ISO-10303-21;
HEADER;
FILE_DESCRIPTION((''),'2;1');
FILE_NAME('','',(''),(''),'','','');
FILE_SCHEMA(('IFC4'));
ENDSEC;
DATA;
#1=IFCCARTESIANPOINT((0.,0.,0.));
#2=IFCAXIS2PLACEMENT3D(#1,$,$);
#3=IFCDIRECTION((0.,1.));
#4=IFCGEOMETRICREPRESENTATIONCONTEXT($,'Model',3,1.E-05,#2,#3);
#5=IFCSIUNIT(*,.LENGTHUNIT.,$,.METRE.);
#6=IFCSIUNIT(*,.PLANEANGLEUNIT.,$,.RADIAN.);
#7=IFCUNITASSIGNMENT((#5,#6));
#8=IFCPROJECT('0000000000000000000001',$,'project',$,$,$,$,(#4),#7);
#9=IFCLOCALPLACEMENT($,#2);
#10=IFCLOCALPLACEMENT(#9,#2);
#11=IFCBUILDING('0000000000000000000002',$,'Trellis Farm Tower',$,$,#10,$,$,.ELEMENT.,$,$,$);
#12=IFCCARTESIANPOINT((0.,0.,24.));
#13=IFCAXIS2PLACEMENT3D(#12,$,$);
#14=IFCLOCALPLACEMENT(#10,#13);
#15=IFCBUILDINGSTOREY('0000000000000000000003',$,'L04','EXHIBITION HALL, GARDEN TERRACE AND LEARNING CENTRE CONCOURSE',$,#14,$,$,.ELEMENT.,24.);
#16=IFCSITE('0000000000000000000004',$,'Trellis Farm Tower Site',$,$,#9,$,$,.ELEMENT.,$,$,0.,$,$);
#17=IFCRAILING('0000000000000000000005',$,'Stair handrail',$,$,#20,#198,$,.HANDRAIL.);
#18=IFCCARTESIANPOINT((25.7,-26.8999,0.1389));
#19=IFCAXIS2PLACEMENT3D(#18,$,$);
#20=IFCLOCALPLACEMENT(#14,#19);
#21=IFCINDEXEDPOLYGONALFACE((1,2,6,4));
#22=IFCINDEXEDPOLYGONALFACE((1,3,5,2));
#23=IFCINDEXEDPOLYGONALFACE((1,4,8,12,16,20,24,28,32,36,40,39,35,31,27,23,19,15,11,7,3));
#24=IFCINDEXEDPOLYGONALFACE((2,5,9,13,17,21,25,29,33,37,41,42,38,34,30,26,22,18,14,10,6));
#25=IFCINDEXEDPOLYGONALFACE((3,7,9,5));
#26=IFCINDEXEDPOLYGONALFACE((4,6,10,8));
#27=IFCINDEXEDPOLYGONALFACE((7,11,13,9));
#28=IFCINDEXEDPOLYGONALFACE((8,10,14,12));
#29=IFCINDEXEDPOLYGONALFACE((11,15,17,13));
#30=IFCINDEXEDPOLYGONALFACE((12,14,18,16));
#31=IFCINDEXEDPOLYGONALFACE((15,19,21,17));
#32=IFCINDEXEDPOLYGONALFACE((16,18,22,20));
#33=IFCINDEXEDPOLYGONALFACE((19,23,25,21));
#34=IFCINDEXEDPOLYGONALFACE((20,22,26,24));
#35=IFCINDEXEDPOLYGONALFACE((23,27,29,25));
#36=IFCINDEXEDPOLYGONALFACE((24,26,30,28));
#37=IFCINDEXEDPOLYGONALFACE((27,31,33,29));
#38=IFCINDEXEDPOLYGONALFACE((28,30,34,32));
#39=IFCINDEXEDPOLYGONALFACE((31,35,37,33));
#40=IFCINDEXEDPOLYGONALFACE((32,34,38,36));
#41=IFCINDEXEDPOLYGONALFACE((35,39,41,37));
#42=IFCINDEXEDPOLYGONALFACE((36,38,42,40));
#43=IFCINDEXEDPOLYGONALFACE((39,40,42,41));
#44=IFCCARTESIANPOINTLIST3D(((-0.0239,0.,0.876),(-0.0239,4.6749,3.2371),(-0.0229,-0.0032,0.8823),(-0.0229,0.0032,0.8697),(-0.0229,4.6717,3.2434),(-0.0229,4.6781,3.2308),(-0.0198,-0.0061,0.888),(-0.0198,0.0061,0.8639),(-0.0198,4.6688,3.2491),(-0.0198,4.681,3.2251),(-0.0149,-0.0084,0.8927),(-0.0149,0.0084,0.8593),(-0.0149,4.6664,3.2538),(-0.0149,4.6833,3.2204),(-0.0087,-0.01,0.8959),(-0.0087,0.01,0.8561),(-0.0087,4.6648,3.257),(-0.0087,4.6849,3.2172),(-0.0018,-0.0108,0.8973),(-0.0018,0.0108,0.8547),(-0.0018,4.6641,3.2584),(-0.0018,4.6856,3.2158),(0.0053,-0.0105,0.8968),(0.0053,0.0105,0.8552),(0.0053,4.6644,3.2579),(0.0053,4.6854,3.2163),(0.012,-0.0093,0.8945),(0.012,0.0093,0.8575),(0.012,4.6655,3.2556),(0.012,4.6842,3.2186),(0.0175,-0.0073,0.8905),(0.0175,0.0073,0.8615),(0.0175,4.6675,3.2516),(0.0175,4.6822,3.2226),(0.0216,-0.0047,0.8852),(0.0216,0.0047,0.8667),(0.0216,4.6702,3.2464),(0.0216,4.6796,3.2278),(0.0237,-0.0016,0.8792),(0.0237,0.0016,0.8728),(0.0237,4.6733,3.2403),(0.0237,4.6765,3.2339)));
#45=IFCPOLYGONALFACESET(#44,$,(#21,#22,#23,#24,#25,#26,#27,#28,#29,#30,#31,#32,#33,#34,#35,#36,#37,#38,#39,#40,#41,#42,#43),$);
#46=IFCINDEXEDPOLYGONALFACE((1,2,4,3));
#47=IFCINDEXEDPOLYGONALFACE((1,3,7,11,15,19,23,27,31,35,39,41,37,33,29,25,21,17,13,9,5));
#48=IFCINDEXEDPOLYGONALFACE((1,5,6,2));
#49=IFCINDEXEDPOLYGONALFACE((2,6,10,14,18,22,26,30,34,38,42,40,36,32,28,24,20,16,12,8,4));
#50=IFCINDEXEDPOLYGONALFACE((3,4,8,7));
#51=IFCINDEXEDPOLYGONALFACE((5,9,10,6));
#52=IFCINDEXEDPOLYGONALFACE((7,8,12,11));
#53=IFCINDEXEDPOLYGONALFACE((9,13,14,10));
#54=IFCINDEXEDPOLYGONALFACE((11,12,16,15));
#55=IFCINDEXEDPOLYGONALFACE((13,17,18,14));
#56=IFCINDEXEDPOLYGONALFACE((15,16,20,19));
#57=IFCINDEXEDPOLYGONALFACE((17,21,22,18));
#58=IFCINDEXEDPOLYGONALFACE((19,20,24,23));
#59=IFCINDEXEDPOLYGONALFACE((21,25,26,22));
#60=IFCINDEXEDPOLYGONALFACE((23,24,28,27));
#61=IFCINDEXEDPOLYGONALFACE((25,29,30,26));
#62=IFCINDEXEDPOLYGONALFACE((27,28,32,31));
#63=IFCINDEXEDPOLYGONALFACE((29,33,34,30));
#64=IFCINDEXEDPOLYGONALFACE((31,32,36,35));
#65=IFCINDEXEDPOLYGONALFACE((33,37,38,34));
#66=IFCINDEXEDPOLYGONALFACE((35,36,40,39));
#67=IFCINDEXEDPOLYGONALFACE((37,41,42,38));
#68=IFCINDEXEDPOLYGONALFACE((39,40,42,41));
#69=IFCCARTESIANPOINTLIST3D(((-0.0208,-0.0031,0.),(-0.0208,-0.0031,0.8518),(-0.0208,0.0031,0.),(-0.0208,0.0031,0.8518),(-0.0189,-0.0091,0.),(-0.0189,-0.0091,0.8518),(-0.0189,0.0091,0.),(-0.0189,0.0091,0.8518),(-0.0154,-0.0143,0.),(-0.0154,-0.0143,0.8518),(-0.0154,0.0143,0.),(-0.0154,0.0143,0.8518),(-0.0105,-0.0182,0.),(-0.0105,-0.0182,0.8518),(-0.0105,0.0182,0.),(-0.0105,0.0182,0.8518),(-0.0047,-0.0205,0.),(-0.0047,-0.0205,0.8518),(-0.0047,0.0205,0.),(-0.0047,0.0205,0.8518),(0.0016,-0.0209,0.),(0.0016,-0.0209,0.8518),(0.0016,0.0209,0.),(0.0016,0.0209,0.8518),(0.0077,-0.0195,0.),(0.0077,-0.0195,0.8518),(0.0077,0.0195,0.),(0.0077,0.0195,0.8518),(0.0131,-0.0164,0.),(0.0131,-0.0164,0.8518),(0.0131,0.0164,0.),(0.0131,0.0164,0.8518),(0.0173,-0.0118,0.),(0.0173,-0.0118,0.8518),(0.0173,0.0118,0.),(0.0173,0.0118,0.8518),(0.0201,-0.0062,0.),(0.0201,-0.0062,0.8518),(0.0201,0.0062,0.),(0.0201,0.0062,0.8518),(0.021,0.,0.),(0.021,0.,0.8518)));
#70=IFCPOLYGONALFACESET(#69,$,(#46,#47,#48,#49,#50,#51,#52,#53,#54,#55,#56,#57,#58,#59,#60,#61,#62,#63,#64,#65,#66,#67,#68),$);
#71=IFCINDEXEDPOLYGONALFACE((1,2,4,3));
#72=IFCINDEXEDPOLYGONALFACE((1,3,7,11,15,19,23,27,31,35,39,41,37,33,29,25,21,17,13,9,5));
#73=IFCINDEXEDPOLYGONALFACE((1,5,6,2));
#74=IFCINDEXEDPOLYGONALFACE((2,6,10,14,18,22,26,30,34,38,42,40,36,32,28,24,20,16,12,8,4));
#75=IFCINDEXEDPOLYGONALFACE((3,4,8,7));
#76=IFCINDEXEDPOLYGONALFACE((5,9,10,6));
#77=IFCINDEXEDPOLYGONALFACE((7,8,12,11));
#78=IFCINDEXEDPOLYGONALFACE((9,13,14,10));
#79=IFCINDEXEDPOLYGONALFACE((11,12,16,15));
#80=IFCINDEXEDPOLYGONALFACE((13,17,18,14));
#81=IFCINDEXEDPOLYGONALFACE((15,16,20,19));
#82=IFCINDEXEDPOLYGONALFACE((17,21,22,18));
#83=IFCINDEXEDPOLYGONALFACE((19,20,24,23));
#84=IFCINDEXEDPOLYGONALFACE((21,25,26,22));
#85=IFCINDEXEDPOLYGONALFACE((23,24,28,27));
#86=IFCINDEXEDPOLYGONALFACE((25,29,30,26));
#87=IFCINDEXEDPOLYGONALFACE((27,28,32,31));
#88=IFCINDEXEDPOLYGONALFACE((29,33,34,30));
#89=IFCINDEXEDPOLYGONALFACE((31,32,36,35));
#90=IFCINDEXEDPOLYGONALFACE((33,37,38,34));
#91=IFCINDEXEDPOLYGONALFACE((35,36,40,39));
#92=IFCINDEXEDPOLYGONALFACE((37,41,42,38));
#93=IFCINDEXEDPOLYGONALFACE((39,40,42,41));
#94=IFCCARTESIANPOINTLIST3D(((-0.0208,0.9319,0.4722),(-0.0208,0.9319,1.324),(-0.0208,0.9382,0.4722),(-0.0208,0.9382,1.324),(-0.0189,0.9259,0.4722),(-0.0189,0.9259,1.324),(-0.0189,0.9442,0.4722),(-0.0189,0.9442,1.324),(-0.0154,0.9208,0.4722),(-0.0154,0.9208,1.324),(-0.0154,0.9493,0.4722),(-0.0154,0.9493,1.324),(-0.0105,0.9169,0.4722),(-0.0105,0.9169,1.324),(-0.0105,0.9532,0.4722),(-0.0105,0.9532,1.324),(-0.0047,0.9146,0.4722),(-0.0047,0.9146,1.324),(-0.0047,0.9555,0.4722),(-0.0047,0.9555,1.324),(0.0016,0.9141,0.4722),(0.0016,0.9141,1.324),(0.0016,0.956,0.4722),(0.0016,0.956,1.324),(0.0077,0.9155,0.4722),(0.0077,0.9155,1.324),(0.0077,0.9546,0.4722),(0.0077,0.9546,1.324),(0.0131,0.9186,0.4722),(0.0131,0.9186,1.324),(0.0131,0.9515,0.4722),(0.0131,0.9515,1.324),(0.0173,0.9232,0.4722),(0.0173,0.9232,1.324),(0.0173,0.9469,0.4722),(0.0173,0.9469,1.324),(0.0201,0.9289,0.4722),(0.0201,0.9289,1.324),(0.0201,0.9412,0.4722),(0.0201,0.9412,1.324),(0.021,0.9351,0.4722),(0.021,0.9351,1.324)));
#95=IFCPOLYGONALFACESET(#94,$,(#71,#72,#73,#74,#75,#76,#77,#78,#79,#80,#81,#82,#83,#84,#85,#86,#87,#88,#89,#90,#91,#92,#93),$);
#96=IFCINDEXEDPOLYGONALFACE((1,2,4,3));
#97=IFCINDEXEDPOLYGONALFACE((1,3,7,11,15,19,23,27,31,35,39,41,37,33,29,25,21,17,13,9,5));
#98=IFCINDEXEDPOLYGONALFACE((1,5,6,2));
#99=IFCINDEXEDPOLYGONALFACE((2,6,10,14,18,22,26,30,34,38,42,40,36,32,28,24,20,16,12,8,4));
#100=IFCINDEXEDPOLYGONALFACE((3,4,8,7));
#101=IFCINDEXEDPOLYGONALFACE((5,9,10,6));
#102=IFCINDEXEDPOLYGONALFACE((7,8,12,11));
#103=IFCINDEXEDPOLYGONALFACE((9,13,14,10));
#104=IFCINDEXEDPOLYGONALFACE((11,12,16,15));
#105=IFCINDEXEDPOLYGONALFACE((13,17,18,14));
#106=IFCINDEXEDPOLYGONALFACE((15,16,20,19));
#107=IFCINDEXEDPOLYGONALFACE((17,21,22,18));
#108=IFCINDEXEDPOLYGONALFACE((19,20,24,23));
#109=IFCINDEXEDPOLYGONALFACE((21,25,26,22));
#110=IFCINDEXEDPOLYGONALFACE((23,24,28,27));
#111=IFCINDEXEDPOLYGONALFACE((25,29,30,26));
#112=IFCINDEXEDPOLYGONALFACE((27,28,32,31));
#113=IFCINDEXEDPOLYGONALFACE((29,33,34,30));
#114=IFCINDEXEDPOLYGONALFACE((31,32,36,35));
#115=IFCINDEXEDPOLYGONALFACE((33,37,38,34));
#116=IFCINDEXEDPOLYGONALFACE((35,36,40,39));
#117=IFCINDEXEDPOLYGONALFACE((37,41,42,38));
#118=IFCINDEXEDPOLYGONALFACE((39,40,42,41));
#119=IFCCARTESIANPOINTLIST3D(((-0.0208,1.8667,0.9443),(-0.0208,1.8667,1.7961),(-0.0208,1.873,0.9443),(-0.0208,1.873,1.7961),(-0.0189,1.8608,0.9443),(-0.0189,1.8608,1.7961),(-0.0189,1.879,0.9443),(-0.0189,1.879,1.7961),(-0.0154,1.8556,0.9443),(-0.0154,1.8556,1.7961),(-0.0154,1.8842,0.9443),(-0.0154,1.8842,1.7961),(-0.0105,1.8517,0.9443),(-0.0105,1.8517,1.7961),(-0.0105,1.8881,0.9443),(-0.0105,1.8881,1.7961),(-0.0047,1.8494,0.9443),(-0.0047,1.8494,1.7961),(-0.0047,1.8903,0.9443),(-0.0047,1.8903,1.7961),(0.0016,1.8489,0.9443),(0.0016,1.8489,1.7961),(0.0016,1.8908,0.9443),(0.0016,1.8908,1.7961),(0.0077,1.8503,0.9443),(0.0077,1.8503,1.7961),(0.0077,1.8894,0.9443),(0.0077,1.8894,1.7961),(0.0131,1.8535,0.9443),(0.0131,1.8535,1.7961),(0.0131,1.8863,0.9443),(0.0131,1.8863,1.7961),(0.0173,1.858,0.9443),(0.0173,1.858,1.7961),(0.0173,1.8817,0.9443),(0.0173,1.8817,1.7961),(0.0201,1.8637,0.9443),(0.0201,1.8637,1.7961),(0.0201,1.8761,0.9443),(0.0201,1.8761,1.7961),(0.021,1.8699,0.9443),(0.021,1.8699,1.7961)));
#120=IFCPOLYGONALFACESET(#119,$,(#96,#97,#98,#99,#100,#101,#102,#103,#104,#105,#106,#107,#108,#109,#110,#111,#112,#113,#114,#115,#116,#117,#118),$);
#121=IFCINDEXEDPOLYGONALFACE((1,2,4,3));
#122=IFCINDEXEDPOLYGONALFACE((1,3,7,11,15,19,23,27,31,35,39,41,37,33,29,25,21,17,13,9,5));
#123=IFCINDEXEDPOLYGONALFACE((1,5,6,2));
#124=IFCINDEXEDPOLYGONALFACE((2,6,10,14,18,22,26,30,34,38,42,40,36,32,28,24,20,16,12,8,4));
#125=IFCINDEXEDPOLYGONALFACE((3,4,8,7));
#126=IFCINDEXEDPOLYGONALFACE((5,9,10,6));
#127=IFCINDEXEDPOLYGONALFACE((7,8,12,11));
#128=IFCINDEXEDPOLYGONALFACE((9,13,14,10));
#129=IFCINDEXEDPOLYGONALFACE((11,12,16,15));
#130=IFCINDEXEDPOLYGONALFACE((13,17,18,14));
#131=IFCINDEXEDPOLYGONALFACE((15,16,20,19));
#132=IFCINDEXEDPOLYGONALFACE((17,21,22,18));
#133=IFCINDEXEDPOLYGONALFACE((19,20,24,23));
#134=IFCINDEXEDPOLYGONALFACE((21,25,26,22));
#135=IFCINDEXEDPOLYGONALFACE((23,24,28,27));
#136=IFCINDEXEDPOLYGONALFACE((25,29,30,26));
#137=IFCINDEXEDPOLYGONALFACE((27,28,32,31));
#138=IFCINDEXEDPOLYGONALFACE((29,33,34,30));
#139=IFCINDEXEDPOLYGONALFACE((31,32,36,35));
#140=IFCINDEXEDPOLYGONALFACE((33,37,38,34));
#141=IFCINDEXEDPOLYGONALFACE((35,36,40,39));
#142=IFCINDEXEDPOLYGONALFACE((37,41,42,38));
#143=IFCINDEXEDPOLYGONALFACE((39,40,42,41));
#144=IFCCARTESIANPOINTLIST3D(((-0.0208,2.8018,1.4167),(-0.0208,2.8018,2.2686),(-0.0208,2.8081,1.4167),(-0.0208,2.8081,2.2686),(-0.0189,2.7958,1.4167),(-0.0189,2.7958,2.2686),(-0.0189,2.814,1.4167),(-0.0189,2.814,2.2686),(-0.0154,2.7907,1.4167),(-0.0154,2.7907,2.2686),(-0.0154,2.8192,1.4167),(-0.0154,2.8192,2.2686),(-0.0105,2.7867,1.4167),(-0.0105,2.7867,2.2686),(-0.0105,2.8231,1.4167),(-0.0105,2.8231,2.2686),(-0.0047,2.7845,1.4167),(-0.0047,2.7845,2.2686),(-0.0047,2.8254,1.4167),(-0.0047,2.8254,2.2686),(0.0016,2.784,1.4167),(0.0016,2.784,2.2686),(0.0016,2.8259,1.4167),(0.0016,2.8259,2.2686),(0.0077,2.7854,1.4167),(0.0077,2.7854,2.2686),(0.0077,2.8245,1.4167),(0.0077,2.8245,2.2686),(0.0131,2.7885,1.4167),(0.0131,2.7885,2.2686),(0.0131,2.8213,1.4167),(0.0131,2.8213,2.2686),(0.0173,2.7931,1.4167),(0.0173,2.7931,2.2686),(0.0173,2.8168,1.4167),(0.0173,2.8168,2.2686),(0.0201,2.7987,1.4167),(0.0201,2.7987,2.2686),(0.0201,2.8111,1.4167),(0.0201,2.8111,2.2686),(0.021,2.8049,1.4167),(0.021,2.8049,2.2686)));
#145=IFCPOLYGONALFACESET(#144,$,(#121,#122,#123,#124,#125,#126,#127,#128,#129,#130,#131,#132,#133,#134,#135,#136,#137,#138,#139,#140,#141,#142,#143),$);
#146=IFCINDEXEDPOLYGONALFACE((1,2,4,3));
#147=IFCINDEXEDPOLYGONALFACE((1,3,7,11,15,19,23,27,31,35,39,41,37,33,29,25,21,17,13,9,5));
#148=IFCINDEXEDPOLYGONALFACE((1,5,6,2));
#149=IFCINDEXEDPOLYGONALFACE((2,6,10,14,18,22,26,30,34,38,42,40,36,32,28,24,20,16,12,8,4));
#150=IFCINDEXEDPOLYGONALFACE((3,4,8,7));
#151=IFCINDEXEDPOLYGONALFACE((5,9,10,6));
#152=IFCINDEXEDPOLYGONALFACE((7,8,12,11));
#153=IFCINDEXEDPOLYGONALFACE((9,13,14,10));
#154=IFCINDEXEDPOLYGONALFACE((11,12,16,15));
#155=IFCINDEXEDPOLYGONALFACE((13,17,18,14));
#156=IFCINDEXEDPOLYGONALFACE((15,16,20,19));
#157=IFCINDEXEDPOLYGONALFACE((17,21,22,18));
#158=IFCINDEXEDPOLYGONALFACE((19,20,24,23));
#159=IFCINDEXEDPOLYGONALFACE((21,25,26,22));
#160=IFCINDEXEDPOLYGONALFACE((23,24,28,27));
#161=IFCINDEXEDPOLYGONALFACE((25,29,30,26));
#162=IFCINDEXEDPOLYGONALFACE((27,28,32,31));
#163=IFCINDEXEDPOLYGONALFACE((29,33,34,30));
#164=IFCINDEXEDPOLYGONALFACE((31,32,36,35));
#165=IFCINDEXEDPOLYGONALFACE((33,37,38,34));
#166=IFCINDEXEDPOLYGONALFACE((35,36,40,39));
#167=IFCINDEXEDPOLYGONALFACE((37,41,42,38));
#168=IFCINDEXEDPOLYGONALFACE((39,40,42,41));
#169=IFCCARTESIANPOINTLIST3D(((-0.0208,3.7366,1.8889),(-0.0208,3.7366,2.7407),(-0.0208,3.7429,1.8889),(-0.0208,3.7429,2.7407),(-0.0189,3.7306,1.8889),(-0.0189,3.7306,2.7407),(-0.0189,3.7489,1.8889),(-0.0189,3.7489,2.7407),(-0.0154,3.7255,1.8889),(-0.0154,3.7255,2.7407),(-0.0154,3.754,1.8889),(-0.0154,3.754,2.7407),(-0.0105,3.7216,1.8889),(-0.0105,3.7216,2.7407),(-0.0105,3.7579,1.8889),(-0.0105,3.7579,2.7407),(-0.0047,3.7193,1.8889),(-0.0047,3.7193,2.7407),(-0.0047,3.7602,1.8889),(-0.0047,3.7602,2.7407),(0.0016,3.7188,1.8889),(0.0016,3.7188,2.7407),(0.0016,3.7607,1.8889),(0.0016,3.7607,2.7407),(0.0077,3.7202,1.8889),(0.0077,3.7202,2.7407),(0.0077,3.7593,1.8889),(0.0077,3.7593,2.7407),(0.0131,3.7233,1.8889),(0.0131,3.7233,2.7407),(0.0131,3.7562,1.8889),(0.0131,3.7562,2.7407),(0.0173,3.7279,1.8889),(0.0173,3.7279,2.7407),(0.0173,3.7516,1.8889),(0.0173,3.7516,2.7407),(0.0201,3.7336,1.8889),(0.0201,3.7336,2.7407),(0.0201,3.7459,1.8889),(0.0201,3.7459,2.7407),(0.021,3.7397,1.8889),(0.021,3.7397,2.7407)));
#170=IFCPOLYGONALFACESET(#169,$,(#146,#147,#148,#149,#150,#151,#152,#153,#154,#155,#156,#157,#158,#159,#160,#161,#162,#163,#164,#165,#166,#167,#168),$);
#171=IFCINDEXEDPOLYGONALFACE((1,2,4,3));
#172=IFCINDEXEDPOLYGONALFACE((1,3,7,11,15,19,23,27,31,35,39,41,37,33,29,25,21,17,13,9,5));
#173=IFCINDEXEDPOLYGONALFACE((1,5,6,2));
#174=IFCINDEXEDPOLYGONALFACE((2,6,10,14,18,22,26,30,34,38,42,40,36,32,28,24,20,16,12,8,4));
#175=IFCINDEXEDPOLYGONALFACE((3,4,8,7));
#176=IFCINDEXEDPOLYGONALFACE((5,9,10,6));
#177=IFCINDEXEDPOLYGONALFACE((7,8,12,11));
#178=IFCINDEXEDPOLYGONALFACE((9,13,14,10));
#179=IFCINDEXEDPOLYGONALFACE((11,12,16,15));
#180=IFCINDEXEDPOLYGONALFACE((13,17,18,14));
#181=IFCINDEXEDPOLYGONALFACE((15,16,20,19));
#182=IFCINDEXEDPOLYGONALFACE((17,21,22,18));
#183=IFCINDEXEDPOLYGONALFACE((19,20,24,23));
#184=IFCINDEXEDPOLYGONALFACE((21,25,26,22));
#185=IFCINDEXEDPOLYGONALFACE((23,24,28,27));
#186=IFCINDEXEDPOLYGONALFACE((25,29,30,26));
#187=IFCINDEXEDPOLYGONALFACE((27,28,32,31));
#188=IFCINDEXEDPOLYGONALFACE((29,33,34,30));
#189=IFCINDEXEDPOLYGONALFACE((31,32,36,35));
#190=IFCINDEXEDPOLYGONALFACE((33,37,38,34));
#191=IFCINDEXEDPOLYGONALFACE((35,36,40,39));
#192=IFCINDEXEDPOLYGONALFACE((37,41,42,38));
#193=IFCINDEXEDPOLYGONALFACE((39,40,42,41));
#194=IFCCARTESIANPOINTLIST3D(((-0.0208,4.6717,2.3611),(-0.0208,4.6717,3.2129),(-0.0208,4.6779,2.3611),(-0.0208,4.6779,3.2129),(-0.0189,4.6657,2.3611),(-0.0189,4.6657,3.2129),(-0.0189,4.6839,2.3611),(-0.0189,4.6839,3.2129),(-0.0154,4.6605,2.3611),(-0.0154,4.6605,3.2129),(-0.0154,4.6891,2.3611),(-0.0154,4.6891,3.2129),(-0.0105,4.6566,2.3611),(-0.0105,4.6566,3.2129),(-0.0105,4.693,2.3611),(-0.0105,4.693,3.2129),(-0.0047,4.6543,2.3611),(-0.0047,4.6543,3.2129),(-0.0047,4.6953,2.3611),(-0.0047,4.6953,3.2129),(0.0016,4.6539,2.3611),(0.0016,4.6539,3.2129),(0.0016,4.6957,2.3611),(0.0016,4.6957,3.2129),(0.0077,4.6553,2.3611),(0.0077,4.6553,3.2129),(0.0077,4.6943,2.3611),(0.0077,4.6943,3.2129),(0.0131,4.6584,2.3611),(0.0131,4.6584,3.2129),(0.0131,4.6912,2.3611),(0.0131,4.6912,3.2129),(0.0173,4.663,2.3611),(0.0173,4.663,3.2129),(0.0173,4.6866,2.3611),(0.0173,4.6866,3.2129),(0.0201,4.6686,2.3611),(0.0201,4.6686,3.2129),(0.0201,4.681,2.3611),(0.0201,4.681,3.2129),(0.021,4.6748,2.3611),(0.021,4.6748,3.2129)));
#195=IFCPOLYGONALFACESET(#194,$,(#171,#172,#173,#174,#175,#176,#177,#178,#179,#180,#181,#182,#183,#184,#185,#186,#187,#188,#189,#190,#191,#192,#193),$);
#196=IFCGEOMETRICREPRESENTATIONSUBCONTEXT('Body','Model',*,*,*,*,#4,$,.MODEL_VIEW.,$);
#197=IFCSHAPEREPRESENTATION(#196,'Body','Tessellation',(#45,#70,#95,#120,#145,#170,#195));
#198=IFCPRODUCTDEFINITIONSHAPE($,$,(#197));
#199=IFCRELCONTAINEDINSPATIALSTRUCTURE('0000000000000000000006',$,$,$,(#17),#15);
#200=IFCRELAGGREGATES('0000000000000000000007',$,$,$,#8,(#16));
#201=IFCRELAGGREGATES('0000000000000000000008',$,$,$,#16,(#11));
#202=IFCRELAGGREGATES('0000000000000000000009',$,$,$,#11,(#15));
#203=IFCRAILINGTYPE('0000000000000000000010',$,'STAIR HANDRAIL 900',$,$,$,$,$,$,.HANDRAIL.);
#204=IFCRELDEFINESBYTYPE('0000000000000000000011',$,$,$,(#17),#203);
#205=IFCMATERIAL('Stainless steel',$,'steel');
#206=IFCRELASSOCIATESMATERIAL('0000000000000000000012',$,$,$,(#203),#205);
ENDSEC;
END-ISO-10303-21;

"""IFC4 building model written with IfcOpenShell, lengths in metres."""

from ifc_helpers import new_model, si_unit, direction, frame, origin, origin_2d, place, context, subcontext, project, spatial, circle, extrude, source, transform, mapped, material, type_object, element, save


model = new_model("IFC4")

# Units and contexts
model_context = context("Model", 3, precision=1e-05, world=origin(), true_north=direction((0.0, 1.0)))
body_context = subcontext(model_context, "Body", "Model", "MODEL_VIEW")
ifc_project = project(units=[si_unit("LENGTHUNIT", "METRE"), si_unit("PLANEANGLEUNIT", "RADIAN")], contexts=[model_context])

# Site, building, storey
site_placement = place(None, origin())
site = spatial("IfcSite", under=ifc_project, at=site_placement, Name="Trellis Farm Tower Site", CompositionType="ELEMENT", RefElevation=0.0)
building_placement = place(site_placement, origin())
building = spatial("IfcBuilding", under=site, at=building_placement, Name="Trellis Farm Tower", CompositionType="ELEMENT")
storey_placement = place(building_placement, frame((0.0, 0.0, 24.0)))
storey = spatial("IfcBuildingStorey", under=building, at=storey_placement, Name="L04", Description="EXHIBITION HALL, GARDEN TERRACE AND LEARNING CENTRE CONCOURSE", CompositionType="ELEMENT", Elevation=24.0)

# Railing
ifc_material_1 = material(Name="Stainless steel", Category="steel")
railing_type = type_object("IfcRailingType", Name="STAIR HANDRAIL 900", PredefinedType="HANDRAIL", material=ifc_material_1)
shared_shape_1 = source(origin(), body_context, "Body", "SweptSolid", [
    extrude(circle(Radius=0.0239, at=origin_2d()), frame((0.0, 0.0, 0.876), z_axis=(0.0, 0.892611, 0.450827), x_axis=(-1.0, 0.0, 0.0)), (0.0, 0.0, 1.0), 5.2373),
    extrude(circle(Radius=0.021, at=origin_2d()), origin(), (0.0, 0.0, 1.0), 0.8518),
    extrude(circle(Radius=0.021, at=origin_2d()), frame((0.0, 0.9351, 0.4722)), (0.0, 0.0, 1.0), 0.8518),
    extrude(circle(Radius=0.021, at=origin_2d()), frame((0.0, 1.8699, 0.9443)), (0.0, 0.0, 1.0), 0.8518),
    extrude(circle(Radius=0.021, at=origin_2d()), frame((0.0, 2.8049, 1.4167)), (0.0, 0.0, 1.0), 0.8518),
    extrude(circle(Radius=0.021, at=origin_2d()), frame((0.0, 3.7397, 1.8889)), (0.0, 0.0, 1.0), 0.8518),
    extrude(circle(Radius=0.021, at=origin_2d()), frame((0.0, 4.6748, 2.3611)), (0.0, 0.0, 1.0), 0.8518),
])
railing_1_placement = place(storey_placement, frame((25.7, -26.8999, 0.1389)))
element("IfcRailing", 1, at=railing_1_placement, inside=storey, type_object=railing_type, Name="Stair handrail", PredefinedType="HANDRAIL", context=body_context, shape_type="MappedRepresentation", body=[
    mapped(shared_shape_1, transform((0.0, 0.0, 0.0))),
])

save(model, "model.ifc")
